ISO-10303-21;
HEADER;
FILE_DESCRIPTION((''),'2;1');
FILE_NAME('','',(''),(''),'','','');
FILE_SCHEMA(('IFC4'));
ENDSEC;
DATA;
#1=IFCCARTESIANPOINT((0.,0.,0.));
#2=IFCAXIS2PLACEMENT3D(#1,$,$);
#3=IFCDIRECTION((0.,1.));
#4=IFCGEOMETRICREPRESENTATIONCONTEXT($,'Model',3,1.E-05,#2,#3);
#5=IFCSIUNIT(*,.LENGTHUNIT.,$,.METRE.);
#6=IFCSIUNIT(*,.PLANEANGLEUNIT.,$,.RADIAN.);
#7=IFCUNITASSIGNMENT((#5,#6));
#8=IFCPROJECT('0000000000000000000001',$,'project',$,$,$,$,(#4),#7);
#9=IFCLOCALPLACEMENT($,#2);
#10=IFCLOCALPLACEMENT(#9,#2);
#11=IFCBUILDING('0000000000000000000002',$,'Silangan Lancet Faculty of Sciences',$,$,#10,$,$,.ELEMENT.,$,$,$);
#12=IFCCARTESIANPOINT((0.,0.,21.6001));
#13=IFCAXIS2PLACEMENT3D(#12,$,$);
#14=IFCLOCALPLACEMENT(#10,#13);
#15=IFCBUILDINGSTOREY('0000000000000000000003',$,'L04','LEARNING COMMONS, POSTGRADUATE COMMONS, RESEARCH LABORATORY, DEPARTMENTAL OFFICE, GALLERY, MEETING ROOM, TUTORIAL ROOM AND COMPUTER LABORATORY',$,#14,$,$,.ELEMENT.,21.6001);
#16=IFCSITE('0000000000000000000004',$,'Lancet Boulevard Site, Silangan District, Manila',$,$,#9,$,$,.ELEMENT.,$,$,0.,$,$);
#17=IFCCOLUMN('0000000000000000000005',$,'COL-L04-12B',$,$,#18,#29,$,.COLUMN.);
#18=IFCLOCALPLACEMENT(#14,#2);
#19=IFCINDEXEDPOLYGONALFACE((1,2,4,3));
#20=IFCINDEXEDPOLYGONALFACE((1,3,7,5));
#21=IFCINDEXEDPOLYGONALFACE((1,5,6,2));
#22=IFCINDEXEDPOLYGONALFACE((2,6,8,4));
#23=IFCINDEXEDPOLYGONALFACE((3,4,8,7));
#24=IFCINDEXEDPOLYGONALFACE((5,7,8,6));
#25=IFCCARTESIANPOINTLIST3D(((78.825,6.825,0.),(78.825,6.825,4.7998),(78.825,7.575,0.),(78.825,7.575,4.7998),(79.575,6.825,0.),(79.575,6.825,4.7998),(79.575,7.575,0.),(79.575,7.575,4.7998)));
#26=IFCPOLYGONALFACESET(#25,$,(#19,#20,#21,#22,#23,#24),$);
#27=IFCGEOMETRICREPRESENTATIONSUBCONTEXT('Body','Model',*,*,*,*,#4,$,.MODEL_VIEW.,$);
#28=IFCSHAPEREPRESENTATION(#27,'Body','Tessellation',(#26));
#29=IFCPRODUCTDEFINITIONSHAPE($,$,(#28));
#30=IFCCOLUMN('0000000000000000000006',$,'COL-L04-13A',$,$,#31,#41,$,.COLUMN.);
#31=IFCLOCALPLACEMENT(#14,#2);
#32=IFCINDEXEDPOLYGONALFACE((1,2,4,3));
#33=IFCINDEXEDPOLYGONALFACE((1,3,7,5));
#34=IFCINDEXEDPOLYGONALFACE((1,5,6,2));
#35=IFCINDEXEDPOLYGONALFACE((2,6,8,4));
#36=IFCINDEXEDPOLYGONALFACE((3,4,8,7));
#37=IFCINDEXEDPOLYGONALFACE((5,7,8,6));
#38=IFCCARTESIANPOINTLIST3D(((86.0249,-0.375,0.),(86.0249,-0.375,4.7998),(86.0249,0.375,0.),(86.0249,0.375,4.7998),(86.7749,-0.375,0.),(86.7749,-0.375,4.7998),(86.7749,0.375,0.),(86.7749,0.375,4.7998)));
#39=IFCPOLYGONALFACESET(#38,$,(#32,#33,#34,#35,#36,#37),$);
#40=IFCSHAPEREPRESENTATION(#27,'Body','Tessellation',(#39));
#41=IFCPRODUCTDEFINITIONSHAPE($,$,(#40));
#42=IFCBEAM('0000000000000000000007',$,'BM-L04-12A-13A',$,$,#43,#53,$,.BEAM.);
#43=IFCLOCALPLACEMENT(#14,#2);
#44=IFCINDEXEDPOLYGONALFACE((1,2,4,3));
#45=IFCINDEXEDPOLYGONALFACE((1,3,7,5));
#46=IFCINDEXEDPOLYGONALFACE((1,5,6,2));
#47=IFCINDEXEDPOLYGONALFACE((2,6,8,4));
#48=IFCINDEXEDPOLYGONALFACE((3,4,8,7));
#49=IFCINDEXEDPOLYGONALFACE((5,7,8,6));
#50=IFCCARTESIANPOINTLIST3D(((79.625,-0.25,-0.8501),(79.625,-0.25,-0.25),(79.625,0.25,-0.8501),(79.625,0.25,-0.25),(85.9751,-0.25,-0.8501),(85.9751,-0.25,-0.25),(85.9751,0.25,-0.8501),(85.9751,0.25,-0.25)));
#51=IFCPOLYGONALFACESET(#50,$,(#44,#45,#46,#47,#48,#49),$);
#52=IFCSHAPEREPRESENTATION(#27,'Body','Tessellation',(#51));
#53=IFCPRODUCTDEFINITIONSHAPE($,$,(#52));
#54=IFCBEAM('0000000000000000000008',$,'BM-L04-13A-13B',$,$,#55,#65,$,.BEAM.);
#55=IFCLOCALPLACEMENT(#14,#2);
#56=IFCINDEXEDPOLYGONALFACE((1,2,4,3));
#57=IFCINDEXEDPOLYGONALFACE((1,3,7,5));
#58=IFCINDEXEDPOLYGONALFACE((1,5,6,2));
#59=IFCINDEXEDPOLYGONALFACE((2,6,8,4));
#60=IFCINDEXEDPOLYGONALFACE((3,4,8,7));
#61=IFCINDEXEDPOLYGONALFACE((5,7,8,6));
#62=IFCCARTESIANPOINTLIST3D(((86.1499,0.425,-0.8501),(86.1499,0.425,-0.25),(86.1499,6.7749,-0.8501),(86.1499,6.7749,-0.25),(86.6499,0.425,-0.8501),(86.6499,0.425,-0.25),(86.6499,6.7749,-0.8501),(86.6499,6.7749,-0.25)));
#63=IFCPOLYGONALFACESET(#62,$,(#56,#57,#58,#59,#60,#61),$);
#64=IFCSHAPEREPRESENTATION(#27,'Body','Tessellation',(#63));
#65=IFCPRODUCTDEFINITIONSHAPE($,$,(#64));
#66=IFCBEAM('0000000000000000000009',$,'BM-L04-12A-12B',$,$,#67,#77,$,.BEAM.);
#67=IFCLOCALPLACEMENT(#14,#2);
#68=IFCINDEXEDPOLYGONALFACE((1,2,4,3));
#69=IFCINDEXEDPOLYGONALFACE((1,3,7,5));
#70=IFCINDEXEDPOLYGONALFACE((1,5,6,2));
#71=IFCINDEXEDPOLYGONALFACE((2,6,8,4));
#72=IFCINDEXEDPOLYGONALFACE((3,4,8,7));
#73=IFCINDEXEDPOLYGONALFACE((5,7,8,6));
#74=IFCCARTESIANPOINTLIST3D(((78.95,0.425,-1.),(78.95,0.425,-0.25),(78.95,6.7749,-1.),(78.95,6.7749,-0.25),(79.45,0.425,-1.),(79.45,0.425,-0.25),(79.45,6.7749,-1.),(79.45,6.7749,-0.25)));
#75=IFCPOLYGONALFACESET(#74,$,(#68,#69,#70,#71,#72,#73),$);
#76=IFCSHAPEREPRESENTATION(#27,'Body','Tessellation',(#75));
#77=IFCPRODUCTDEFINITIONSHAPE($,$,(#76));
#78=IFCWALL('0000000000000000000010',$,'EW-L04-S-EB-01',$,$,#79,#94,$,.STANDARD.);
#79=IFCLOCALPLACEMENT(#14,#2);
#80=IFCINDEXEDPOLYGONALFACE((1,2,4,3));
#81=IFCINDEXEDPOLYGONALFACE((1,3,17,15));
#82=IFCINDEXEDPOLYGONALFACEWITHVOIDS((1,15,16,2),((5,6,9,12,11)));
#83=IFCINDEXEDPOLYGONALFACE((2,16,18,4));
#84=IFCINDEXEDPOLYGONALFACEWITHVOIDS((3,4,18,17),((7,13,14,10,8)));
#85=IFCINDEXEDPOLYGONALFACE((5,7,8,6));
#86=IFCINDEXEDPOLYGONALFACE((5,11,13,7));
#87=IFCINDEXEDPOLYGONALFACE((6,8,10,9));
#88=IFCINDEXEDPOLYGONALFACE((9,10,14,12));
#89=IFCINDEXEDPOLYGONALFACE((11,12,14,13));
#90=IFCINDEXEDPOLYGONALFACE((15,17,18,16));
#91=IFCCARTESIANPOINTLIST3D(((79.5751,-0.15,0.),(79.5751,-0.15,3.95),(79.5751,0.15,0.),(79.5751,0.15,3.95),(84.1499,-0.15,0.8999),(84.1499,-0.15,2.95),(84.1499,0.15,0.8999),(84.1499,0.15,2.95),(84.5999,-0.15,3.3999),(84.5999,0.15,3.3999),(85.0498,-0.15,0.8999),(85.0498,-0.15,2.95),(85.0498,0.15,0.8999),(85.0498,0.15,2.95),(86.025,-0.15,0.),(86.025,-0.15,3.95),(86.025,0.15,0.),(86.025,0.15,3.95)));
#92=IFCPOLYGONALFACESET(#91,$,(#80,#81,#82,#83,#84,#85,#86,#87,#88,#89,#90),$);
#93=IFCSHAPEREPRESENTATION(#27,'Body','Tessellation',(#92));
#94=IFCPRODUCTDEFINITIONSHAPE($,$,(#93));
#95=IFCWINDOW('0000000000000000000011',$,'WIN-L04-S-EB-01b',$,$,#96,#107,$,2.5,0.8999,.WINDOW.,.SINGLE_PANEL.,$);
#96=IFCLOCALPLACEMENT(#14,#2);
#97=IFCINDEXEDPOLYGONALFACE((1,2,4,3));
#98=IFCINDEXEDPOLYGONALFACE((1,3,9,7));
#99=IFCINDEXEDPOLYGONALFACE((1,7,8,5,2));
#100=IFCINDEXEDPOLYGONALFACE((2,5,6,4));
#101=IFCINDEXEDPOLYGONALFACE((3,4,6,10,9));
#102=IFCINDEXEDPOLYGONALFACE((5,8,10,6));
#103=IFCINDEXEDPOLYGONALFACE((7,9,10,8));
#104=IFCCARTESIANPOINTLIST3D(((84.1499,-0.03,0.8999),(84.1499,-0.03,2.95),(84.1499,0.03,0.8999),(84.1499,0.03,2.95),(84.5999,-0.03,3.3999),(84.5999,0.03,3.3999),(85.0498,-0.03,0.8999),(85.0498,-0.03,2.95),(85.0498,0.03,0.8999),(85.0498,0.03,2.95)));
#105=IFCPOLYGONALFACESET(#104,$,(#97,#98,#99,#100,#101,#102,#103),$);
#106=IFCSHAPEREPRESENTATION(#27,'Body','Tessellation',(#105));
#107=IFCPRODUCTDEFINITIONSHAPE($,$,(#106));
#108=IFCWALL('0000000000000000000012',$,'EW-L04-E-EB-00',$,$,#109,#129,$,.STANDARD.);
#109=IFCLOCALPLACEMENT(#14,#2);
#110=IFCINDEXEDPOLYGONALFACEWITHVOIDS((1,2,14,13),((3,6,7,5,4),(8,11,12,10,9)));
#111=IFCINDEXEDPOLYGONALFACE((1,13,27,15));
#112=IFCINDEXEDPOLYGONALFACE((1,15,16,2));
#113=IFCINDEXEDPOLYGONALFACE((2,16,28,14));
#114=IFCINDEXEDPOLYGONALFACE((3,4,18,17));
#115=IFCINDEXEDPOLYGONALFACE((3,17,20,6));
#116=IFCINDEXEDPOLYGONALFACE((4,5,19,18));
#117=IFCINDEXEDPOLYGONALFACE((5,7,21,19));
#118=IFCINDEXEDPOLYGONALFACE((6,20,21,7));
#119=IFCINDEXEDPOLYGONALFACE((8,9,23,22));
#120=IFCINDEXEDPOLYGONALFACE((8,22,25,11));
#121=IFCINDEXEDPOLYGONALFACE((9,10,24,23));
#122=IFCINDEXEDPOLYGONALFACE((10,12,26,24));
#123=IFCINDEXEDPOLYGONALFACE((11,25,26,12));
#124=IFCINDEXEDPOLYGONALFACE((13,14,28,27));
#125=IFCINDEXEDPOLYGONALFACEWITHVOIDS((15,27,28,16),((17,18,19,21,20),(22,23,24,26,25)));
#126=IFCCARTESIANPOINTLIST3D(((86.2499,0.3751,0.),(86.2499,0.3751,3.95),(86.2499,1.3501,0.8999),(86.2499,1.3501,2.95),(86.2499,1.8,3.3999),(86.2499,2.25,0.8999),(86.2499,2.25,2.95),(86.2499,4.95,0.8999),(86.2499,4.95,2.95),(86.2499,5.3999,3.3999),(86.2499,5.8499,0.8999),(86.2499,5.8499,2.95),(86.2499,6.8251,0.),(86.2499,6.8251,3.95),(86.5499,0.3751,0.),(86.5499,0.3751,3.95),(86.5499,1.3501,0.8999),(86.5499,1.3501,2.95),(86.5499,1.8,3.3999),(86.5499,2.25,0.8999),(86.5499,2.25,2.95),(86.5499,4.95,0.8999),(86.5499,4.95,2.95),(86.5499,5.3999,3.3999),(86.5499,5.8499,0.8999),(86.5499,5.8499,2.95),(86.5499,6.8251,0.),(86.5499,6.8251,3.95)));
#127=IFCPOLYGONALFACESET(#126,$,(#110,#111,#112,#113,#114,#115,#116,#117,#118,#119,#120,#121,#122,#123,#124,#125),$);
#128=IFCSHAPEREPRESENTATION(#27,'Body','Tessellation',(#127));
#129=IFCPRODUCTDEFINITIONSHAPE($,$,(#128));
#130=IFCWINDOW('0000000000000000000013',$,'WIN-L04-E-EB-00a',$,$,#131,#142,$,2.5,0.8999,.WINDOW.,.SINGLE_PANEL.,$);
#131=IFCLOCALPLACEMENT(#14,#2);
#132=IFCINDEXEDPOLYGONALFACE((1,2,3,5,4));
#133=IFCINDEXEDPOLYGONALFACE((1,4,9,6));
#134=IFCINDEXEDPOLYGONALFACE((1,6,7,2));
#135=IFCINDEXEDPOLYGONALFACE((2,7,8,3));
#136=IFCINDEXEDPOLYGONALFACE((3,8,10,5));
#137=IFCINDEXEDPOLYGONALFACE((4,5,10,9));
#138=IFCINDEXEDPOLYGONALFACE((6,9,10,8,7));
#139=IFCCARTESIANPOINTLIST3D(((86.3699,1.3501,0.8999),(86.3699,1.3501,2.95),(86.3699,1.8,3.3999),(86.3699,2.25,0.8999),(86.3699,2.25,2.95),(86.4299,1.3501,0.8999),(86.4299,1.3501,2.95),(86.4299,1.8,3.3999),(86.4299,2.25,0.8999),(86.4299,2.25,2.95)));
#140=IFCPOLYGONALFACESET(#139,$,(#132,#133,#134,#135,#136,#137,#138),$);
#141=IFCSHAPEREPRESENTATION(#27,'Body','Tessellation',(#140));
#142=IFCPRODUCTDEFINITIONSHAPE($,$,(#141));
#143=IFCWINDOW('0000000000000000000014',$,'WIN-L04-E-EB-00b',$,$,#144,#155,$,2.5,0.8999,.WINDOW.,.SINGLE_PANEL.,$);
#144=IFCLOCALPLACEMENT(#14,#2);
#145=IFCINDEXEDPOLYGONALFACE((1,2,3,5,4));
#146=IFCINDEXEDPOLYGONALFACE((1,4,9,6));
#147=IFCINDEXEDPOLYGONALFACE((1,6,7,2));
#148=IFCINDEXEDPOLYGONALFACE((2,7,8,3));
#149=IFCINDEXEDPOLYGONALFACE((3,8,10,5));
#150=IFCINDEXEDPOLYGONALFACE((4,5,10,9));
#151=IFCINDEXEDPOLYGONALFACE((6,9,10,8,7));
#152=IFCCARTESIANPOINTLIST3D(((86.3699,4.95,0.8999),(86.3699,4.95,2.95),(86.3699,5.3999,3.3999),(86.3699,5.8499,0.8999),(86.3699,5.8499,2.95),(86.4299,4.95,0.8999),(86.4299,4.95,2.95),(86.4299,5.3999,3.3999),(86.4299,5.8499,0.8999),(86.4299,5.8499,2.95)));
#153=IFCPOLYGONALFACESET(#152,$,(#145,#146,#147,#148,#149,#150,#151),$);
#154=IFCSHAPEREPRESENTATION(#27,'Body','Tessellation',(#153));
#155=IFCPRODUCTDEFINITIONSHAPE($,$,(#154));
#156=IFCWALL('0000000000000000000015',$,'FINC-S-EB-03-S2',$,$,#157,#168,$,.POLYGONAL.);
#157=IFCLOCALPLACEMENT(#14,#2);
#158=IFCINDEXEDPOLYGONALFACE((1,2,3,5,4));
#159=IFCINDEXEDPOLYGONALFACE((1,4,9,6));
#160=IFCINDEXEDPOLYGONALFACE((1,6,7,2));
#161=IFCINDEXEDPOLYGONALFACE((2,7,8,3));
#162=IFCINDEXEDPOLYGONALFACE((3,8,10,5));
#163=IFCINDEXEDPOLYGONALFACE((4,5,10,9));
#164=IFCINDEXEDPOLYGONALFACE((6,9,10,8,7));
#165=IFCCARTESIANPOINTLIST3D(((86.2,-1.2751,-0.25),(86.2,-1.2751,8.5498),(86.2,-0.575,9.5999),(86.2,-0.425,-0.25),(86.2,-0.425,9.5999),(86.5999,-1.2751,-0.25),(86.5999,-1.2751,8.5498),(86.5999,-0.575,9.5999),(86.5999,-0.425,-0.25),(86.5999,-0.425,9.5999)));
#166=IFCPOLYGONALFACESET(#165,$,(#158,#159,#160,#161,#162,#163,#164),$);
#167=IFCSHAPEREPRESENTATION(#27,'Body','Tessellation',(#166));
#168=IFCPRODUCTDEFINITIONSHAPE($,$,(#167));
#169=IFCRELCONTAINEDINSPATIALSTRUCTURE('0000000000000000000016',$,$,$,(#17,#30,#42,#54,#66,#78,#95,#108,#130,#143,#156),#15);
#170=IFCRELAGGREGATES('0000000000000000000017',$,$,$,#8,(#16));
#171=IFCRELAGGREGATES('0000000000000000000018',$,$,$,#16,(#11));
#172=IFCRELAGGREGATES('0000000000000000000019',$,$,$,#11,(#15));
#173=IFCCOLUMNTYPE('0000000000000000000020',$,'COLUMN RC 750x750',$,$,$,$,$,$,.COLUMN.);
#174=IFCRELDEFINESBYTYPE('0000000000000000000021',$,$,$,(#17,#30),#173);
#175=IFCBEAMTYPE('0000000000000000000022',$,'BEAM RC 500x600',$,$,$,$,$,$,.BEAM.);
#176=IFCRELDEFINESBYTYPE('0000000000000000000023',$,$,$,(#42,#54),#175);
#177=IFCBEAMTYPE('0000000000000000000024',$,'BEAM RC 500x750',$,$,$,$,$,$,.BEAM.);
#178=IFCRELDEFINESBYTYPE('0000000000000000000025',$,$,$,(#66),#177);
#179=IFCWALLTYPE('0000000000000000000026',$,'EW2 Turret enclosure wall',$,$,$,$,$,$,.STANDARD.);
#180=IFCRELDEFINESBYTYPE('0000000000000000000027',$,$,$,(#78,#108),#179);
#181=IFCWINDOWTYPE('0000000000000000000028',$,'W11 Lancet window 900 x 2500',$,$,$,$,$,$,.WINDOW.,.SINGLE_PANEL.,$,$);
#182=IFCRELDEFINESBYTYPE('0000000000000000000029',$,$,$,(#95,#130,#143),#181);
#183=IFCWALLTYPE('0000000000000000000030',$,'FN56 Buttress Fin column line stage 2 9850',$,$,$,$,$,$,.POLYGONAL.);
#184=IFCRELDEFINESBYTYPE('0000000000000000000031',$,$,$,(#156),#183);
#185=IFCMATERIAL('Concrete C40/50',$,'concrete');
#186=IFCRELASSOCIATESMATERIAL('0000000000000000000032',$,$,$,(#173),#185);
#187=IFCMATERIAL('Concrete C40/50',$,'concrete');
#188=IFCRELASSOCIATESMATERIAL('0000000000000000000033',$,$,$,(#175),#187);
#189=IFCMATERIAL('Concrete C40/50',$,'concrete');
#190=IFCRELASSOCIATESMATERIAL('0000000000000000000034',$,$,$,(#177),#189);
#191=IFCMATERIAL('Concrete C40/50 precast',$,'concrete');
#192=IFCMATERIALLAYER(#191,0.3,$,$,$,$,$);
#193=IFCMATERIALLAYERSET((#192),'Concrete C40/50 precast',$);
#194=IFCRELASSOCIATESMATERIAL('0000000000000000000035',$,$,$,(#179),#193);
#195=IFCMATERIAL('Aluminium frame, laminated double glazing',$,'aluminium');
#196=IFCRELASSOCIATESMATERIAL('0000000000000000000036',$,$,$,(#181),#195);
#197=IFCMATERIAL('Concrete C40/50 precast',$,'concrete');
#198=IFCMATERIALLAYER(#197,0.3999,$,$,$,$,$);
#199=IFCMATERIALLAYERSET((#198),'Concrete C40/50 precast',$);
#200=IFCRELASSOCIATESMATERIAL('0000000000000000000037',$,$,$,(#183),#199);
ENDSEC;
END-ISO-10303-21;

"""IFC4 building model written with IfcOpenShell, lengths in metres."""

from ifc_helpers import new_model, si_unit, direction, frame, frame_2d, origin, origin_2d, place, context, subcontext, project, spatial, polyline, rectangle, outline, extrude, material, layer, layer_set, material_profile, profile_set, type_object, element, fill, save


model = new_model("IFC4")

# Units and contexts
model_context = context("Model", 3, precision=1e-05, world=origin(), true_north=direction((0.0, 1.0)))
body_context = subcontext(model_context, "Body", "Model", "MODEL_VIEW")
ifc_project = project(units=[si_unit("LENGTHUNIT", "METRE"), si_unit("PLANEANGLEUNIT", "RADIAN")], contexts=[model_context])

# Site, building, storey
site_placement = place(None, origin())
site = spatial("IfcSite", under=ifc_project, at=site_placement, Name="Lancet Boulevard Site, Silangan District, Manila", CompositionType="ELEMENT", RefElevation=0.0)
building_placement = place(site_placement, origin())
building = spatial("IfcBuilding", under=site, at=building_placement, Name="Silangan Lancet Faculty of Sciences", CompositionType="ELEMENT")
storey_placement = place(building_placement, frame((0.0, 0.0, 21.6001)))
storey = spatial("IfcBuildingStorey", under=building, at=storey_placement, Name="L04", Description="LEARNING COMMONS, POSTGRADUATE COMMONS, RESEARCH LABORATORY, DEPARTMENTAL OFFICE, GALLERY, MEETING ROOM, TUTORIAL ROOM AND COMPUTER LABORATORY", CompositionType="ELEMENT", Elevation=21.6001)

# Columns
ifc_material_1 = material(Name="Concrete C40/50", Category="concrete")
ifc_material_profile_1 = material_profile(ifc_material_1, rectangle(XDim=0.75, YDim=0.75, at=origin_2d()), Name="RC 750x750")
ifc_profile_set_1 = profile_set([ifc_material_profile_1], Name="Concrete C40/50")
column_type = type_object("IfcColumnType", Name="COLUMN RC 750x750", PredefinedType="COLUMN", material=ifc_profile_set_1)
for number, where, z_axis, x_axis, name in (
    (1, (79.2, 7.2, 0.0), (0.0, 0.0, 1.0), (1.0, 0.0, 0.0), "COL-L04-12B"),
    (2, (86.3999, 0.0, 0.0), (0.0, 0.0, 1.0), (1.0, 0.0, 0.0), "COL-L04-13A"),
):
    element("IfcColumn", number, at=place(storey_placement, frame(where, z_axis=z_axis, x_axis=x_axis)), inside=storey, type_object=column_type, Name=name, PredefinedType="COLUMN", context=body_context, shape_type="SweptSolid", body=[
        extrude(rectangle(XDim=0.75, YDim=0.75, at=origin_2d()), origin(), (0.0, 0.0, 1.0), 4.7998),
    ])

# Beams
ifc_material_2 = material(Name="Concrete C40/50", Category="concrete")
ifc_material_profile_2 = material_profile(ifc_material_2, rectangle(XDim=0.5, YDim=0.6001, at=origin_2d()), Name="RC 500x600")
ifc_profile_set_2 = profile_set([ifc_material_profile_2], Name="Concrete C40/50")
beam_type_1 = type_object("IfcBeamType", Name="BEAM RC 500x600", PredefinedType="BEAM", material=ifc_profile_set_2)
beam_1_placement = place(storey_placement, frame((79.625, 0.0, -0.55), z_axis=(1.0, 0.0, 0.0), x_axis=(0.0, 1.0, 0.0)))
element("IfcBeam", 3, at=beam_1_placement, inside=storey, type_object=beam_type_1, Name="BM-L04-12A-13A", PredefinedType="BEAM", context=body_context, shape_type="SweptSolid", body=[
    extrude(rectangle(XDim=0.5, YDim=0.6001, at=origin_2d()), origin(), (0.0, 0.0, 1.0), 6.3501),
])
beam_2_placement = place(storey_placement, frame((86.3999, 0.425, -0.55), z_axis=(0.0, 1.0, 0.0), x_axis=(-1.0, 0.0, 0.0)))
element("IfcBeam", 4, at=beam_2_placement, inside=storey, type_object=beam_type_1, Name="BM-L04-13A-13B", PredefinedType="BEAM", context=body_context, shape_type="SweptSolid", body=[
    extrude(rectangle(XDim=0.5, YDim=0.6001, at=origin_2d()), origin(), (0.0, 0.0, 1.0), 6.3499),
])
ifc_material_3 = material(Name="Concrete C40/50", Category="concrete")
ifc_material_profile_3 = material_profile(ifc_material_3, rectangle(XDim=0.5, YDim=0.75, at=origin_2d()), Name="RC 500x750")
ifc_profile_set_3 = profile_set([ifc_material_profile_3], Name="Concrete C40/50")
beam_type_2 = type_object("IfcBeamType", Name="BEAM RC 500x750", PredefinedType="BEAM", material=ifc_profile_set_3)
beam_3_placement = place(storey_placement, frame((79.2, 0.425, -0.625), z_axis=(0.0, 1.0, 0.0), x_axis=(-1.0, 0.0, 0.0)))
element("IfcBeam", 5, at=beam_3_placement, inside=storey, type_object=beam_type_2, Name="BM-L04-12A-12B", PredefinedType="BEAM", context=body_context, shape_type="SweptSolid", body=[
    extrude(rectangle(XDim=0.5, YDim=0.75, at=origin_2d()), origin(), (0.0, 0.0, 1.0), 6.3499),
])

# Wall, opening, window
ifc_material_4 = material(Name="Concrete C40/50 precast", Category="concrete")
ifc_layer_1 = layer(ifc_material_4, 0.3)
ifc_layer_set_1 = layer_set([ifc_layer_1], Name="Concrete C40/50 precast")
wall_type_1 = type_object("IfcWallType", Name="EW2 Turret enclosure wall", PredefinedType="STANDARD", material=ifc_layer_set_1)
wall_1_placement = place(storey_placement, frame((79.575, 0.0, 0.0), z_axis=(0.0, 0.0, 1.0), x_axis=(1.0, 0.0, 0.0)))
wall_1 = element("IfcWall", 6, at=wall_1_placement, inside=storey, type_object=wall_type_1, Name="EW-L04-S-EB-01", PredefinedType="STANDARD", context=body_context, shape_type="SweptSolid", body=[
    extrude(rectangle(XDim=6.45, YDim=0.3, at=frame_2d((3.2251, 0.0))), origin(), (0.0, 0.0, 1.0), 3.95),
])
opening_1_placement = place(wall_1_placement, frame((4.575, 0.0, 0.8999)))
opening_1 = element("IfcOpeningElement", 7, at=opening_1_placement, cuts=wall_1, PredefinedType="OPENING", context=body_context, shape_type="SweptSolid", body=[
    extrude(outline(polyline([(0.0, 0.0), (0.8999, 0.0), (0.8999, 2.05), (0.45, 2.5), (0.0, 2.05), (0.0, 0.0)])), frame((0.0, 0.1599, 0.0), z_axis=(0.0, -1.0, 0.0), x_axis=(1.0, 0.0, 0.0)), (0.0, 0.0, 1.0), 0.3201),
])
ifc_material_5 = material(Name="Aluminium frame, laminated double glazing", Category="aluminium")
window_type = type_object("IfcWindowType", Name="W11 Lancet window 900 x 2500", PartitioningType="SINGLE_PANEL", PredefinedType="WINDOW", material=ifc_material_5)
window_1_placement = place(opening_1_placement, origin())
window_1 = element("IfcWindow", 8, at=window_1_placement, inside=storey, type_object=window_type, Name="WIN-L04-S-EB-01b", OverallHeight=2.5, OverallWidth=0.8999, PartitioningType="SINGLE_PANEL", PredefinedType="WINDOW", context=body_context, shape_type="SweptSolid", body=[
    extrude(outline(polyline([(0.0, 0.0), (0.8999, 0.0), (0.8999, 2.05), (0.45, 2.5), (0.0, 2.05), (0.0, 0.0)])), frame((0.0, 0.03, 0.0), z_axis=(0.0, -1.0, 0.0), x_axis=(1.0, 0.0, 0.0)), (0.0, 0.0, 1.0), 0.0601),
])
fill(opening_1, window_1)

# Wall, openings, windows
wall_2_placement = place(storey_placement, frame((86.3999, 0.375, 0.0), z_axis=(0.0, 0.0, 1.0), x_axis=(0.0, 1.0, 0.0)))
wall_2 = element("IfcWall", 9, at=wall_2_placement, inside=storey, type_object=wall_type_1, Name="EW-L04-E-EB-00", PredefinedType="STANDARD", context=body_context, shape_type="SweptSolid", body=[
    extrude(rectangle(XDim=6.45, YDim=0.3, at=frame_2d((3.2251, 0.0))), origin(), (0.0, 0.0, 1.0), 3.95),
])
opening_2_placement = place(wall_2_placement, frame((0.9751, 0.0, 0.8999)))
opening_2 = element("IfcOpeningElement", 10, at=opening_2_placement, cuts=wall_2, PredefinedType="OPENING", context=body_context, shape_type="SweptSolid", body=[
    extrude(outline(polyline([(0.0, 0.0), (0.8999, 0.0), (0.8999, 2.05), (0.45, 2.5), (0.0, 2.05), (0.0, 0.0)])), frame((0.0, 0.1599, 0.0), z_axis=(0.0, -1.0, 0.0), x_axis=(1.0, 0.0, 0.0)), (0.0, 0.0, 1.0), 0.3201),
])
opening_3_placement = place(wall_2_placement, frame((4.575, 0.0, 0.8999)))
opening_3 = element("IfcOpeningElement", 11, at=opening_3_placement, cuts=wall_2, PredefinedType="OPENING", context=body_context, shape_type="SweptSolid", body=[
    extrude(outline(polyline([(0.0, 0.0), (0.8999, 0.0), (0.8999, 2.05), (0.45, 2.5), (0.0, 2.05), (0.0, 0.0)])), frame((0.0, 0.1599, 0.0), z_axis=(0.0, -1.0, 0.0), x_axis=(1.0, 0.0, 0.0)), (0.0, 0.0, 1.0), 0.3201),
])
window_2_placement = place(opening_2_placement, origin())
window_2 = element("IfcWindow", 12, at=window_2_placement, inside=storey, type_object=window_type, Name="WIN-L04-E-EB-00a", OverallHeight=2.5, OverallWidth=0.8999, PartitioningType="SINGLE_PANEL", PredefinedType="WINDOW", context=body_context, shape_type="SweptSolid", body=[
    extrude(outline(polyline([(0.0, 0.0), (0.8999, 0.0), (0.8999, 2.05), (0.45, 2.5), (0.0, 2.05), (0.0, 0.0)])), frame((0.0, 0.03, 0.0), z_axis=(0.0, -1.0, 0.0), x_axis=(1.0, 0.0, 0.0)), (0.0, 0.0, 1.0), 0.0601),
])
fill(opening_2, window_2)
window_3_placement = place(opening_3_placement, origin())
window_3 = element("IfcWindow", 13, at=window_3_placement, inside=storey, type_object=window_type, Name="WIN-L04-E-EB-00b", OverallHeight=2.5, OverallWidth=0.8999, PartitioningType="SINGLE_PANEL", PredefinedType="WINDOW", context=body_context, shape_type="SweptSolid", body=[
    extrude(outline(polyline([(0.0, 0.0), (0.8999, 0.0), (0.8999, 2.05), (0.45, 2.5), (0.0, 2.05), (0.0, 0.0)])), frame((0.0, 0.03, 0.0), z_axis=(0.0, -1.0, 0.0), x_axis=(1.0, 0.0, 0.0)), (0.0, 0.0, 1.0), 0.0601),
])
fill(opening_3, window_3)

# Wall
ifc_material_6 = material(Name="Concrete C40/50 precast", Category="concrete")
ifc_layer_2 = layer(ifc_material_6, 0.3999)
ifc_layer_set_2 = layer_set([ifc_layer_2], Name="Concrete C40/50 precast")
wall_type_2 = type_object("IfcWallType", Name="FN56 Buttress Fin column line stage 2 9850", PredefinedType="POLYGONAL", material=ifc_layer_set_2)
for number, where, z_axis, x_axis, name in (
    (14, (86.3999, -0.425, -0.25), (0.0, 0.0, 1.0), (0.0, -1.0, 0.0), "FINC-S-EB-03-S2"),
):
    element("IfcWall", number, at=place(storey_placement, frame(where, z_axis=z_axis, x_axis=x_axis)), inside=storey, type_object=wall_type_2, Name=name, PredefinedType="POLYGONAL", context=body_context, shape_type="SweptSolid", body=[
        extrude(outline(polyline([(0.8501, 0.0), (0.8501, 8.7998), (0.1499, 9.8499), (0.0, 9.8499), (0.0, 0.0), (0.8501, 0.0)])), frame((0.0, 0.2, 0.0), z_axis=(0.0, -1.0, 0.0), x_axis=(1.0, 0.0, 0.0)), (0.0, 0.0, 1.0), 0.3999),
    ])

save(model, "model.ifc")
